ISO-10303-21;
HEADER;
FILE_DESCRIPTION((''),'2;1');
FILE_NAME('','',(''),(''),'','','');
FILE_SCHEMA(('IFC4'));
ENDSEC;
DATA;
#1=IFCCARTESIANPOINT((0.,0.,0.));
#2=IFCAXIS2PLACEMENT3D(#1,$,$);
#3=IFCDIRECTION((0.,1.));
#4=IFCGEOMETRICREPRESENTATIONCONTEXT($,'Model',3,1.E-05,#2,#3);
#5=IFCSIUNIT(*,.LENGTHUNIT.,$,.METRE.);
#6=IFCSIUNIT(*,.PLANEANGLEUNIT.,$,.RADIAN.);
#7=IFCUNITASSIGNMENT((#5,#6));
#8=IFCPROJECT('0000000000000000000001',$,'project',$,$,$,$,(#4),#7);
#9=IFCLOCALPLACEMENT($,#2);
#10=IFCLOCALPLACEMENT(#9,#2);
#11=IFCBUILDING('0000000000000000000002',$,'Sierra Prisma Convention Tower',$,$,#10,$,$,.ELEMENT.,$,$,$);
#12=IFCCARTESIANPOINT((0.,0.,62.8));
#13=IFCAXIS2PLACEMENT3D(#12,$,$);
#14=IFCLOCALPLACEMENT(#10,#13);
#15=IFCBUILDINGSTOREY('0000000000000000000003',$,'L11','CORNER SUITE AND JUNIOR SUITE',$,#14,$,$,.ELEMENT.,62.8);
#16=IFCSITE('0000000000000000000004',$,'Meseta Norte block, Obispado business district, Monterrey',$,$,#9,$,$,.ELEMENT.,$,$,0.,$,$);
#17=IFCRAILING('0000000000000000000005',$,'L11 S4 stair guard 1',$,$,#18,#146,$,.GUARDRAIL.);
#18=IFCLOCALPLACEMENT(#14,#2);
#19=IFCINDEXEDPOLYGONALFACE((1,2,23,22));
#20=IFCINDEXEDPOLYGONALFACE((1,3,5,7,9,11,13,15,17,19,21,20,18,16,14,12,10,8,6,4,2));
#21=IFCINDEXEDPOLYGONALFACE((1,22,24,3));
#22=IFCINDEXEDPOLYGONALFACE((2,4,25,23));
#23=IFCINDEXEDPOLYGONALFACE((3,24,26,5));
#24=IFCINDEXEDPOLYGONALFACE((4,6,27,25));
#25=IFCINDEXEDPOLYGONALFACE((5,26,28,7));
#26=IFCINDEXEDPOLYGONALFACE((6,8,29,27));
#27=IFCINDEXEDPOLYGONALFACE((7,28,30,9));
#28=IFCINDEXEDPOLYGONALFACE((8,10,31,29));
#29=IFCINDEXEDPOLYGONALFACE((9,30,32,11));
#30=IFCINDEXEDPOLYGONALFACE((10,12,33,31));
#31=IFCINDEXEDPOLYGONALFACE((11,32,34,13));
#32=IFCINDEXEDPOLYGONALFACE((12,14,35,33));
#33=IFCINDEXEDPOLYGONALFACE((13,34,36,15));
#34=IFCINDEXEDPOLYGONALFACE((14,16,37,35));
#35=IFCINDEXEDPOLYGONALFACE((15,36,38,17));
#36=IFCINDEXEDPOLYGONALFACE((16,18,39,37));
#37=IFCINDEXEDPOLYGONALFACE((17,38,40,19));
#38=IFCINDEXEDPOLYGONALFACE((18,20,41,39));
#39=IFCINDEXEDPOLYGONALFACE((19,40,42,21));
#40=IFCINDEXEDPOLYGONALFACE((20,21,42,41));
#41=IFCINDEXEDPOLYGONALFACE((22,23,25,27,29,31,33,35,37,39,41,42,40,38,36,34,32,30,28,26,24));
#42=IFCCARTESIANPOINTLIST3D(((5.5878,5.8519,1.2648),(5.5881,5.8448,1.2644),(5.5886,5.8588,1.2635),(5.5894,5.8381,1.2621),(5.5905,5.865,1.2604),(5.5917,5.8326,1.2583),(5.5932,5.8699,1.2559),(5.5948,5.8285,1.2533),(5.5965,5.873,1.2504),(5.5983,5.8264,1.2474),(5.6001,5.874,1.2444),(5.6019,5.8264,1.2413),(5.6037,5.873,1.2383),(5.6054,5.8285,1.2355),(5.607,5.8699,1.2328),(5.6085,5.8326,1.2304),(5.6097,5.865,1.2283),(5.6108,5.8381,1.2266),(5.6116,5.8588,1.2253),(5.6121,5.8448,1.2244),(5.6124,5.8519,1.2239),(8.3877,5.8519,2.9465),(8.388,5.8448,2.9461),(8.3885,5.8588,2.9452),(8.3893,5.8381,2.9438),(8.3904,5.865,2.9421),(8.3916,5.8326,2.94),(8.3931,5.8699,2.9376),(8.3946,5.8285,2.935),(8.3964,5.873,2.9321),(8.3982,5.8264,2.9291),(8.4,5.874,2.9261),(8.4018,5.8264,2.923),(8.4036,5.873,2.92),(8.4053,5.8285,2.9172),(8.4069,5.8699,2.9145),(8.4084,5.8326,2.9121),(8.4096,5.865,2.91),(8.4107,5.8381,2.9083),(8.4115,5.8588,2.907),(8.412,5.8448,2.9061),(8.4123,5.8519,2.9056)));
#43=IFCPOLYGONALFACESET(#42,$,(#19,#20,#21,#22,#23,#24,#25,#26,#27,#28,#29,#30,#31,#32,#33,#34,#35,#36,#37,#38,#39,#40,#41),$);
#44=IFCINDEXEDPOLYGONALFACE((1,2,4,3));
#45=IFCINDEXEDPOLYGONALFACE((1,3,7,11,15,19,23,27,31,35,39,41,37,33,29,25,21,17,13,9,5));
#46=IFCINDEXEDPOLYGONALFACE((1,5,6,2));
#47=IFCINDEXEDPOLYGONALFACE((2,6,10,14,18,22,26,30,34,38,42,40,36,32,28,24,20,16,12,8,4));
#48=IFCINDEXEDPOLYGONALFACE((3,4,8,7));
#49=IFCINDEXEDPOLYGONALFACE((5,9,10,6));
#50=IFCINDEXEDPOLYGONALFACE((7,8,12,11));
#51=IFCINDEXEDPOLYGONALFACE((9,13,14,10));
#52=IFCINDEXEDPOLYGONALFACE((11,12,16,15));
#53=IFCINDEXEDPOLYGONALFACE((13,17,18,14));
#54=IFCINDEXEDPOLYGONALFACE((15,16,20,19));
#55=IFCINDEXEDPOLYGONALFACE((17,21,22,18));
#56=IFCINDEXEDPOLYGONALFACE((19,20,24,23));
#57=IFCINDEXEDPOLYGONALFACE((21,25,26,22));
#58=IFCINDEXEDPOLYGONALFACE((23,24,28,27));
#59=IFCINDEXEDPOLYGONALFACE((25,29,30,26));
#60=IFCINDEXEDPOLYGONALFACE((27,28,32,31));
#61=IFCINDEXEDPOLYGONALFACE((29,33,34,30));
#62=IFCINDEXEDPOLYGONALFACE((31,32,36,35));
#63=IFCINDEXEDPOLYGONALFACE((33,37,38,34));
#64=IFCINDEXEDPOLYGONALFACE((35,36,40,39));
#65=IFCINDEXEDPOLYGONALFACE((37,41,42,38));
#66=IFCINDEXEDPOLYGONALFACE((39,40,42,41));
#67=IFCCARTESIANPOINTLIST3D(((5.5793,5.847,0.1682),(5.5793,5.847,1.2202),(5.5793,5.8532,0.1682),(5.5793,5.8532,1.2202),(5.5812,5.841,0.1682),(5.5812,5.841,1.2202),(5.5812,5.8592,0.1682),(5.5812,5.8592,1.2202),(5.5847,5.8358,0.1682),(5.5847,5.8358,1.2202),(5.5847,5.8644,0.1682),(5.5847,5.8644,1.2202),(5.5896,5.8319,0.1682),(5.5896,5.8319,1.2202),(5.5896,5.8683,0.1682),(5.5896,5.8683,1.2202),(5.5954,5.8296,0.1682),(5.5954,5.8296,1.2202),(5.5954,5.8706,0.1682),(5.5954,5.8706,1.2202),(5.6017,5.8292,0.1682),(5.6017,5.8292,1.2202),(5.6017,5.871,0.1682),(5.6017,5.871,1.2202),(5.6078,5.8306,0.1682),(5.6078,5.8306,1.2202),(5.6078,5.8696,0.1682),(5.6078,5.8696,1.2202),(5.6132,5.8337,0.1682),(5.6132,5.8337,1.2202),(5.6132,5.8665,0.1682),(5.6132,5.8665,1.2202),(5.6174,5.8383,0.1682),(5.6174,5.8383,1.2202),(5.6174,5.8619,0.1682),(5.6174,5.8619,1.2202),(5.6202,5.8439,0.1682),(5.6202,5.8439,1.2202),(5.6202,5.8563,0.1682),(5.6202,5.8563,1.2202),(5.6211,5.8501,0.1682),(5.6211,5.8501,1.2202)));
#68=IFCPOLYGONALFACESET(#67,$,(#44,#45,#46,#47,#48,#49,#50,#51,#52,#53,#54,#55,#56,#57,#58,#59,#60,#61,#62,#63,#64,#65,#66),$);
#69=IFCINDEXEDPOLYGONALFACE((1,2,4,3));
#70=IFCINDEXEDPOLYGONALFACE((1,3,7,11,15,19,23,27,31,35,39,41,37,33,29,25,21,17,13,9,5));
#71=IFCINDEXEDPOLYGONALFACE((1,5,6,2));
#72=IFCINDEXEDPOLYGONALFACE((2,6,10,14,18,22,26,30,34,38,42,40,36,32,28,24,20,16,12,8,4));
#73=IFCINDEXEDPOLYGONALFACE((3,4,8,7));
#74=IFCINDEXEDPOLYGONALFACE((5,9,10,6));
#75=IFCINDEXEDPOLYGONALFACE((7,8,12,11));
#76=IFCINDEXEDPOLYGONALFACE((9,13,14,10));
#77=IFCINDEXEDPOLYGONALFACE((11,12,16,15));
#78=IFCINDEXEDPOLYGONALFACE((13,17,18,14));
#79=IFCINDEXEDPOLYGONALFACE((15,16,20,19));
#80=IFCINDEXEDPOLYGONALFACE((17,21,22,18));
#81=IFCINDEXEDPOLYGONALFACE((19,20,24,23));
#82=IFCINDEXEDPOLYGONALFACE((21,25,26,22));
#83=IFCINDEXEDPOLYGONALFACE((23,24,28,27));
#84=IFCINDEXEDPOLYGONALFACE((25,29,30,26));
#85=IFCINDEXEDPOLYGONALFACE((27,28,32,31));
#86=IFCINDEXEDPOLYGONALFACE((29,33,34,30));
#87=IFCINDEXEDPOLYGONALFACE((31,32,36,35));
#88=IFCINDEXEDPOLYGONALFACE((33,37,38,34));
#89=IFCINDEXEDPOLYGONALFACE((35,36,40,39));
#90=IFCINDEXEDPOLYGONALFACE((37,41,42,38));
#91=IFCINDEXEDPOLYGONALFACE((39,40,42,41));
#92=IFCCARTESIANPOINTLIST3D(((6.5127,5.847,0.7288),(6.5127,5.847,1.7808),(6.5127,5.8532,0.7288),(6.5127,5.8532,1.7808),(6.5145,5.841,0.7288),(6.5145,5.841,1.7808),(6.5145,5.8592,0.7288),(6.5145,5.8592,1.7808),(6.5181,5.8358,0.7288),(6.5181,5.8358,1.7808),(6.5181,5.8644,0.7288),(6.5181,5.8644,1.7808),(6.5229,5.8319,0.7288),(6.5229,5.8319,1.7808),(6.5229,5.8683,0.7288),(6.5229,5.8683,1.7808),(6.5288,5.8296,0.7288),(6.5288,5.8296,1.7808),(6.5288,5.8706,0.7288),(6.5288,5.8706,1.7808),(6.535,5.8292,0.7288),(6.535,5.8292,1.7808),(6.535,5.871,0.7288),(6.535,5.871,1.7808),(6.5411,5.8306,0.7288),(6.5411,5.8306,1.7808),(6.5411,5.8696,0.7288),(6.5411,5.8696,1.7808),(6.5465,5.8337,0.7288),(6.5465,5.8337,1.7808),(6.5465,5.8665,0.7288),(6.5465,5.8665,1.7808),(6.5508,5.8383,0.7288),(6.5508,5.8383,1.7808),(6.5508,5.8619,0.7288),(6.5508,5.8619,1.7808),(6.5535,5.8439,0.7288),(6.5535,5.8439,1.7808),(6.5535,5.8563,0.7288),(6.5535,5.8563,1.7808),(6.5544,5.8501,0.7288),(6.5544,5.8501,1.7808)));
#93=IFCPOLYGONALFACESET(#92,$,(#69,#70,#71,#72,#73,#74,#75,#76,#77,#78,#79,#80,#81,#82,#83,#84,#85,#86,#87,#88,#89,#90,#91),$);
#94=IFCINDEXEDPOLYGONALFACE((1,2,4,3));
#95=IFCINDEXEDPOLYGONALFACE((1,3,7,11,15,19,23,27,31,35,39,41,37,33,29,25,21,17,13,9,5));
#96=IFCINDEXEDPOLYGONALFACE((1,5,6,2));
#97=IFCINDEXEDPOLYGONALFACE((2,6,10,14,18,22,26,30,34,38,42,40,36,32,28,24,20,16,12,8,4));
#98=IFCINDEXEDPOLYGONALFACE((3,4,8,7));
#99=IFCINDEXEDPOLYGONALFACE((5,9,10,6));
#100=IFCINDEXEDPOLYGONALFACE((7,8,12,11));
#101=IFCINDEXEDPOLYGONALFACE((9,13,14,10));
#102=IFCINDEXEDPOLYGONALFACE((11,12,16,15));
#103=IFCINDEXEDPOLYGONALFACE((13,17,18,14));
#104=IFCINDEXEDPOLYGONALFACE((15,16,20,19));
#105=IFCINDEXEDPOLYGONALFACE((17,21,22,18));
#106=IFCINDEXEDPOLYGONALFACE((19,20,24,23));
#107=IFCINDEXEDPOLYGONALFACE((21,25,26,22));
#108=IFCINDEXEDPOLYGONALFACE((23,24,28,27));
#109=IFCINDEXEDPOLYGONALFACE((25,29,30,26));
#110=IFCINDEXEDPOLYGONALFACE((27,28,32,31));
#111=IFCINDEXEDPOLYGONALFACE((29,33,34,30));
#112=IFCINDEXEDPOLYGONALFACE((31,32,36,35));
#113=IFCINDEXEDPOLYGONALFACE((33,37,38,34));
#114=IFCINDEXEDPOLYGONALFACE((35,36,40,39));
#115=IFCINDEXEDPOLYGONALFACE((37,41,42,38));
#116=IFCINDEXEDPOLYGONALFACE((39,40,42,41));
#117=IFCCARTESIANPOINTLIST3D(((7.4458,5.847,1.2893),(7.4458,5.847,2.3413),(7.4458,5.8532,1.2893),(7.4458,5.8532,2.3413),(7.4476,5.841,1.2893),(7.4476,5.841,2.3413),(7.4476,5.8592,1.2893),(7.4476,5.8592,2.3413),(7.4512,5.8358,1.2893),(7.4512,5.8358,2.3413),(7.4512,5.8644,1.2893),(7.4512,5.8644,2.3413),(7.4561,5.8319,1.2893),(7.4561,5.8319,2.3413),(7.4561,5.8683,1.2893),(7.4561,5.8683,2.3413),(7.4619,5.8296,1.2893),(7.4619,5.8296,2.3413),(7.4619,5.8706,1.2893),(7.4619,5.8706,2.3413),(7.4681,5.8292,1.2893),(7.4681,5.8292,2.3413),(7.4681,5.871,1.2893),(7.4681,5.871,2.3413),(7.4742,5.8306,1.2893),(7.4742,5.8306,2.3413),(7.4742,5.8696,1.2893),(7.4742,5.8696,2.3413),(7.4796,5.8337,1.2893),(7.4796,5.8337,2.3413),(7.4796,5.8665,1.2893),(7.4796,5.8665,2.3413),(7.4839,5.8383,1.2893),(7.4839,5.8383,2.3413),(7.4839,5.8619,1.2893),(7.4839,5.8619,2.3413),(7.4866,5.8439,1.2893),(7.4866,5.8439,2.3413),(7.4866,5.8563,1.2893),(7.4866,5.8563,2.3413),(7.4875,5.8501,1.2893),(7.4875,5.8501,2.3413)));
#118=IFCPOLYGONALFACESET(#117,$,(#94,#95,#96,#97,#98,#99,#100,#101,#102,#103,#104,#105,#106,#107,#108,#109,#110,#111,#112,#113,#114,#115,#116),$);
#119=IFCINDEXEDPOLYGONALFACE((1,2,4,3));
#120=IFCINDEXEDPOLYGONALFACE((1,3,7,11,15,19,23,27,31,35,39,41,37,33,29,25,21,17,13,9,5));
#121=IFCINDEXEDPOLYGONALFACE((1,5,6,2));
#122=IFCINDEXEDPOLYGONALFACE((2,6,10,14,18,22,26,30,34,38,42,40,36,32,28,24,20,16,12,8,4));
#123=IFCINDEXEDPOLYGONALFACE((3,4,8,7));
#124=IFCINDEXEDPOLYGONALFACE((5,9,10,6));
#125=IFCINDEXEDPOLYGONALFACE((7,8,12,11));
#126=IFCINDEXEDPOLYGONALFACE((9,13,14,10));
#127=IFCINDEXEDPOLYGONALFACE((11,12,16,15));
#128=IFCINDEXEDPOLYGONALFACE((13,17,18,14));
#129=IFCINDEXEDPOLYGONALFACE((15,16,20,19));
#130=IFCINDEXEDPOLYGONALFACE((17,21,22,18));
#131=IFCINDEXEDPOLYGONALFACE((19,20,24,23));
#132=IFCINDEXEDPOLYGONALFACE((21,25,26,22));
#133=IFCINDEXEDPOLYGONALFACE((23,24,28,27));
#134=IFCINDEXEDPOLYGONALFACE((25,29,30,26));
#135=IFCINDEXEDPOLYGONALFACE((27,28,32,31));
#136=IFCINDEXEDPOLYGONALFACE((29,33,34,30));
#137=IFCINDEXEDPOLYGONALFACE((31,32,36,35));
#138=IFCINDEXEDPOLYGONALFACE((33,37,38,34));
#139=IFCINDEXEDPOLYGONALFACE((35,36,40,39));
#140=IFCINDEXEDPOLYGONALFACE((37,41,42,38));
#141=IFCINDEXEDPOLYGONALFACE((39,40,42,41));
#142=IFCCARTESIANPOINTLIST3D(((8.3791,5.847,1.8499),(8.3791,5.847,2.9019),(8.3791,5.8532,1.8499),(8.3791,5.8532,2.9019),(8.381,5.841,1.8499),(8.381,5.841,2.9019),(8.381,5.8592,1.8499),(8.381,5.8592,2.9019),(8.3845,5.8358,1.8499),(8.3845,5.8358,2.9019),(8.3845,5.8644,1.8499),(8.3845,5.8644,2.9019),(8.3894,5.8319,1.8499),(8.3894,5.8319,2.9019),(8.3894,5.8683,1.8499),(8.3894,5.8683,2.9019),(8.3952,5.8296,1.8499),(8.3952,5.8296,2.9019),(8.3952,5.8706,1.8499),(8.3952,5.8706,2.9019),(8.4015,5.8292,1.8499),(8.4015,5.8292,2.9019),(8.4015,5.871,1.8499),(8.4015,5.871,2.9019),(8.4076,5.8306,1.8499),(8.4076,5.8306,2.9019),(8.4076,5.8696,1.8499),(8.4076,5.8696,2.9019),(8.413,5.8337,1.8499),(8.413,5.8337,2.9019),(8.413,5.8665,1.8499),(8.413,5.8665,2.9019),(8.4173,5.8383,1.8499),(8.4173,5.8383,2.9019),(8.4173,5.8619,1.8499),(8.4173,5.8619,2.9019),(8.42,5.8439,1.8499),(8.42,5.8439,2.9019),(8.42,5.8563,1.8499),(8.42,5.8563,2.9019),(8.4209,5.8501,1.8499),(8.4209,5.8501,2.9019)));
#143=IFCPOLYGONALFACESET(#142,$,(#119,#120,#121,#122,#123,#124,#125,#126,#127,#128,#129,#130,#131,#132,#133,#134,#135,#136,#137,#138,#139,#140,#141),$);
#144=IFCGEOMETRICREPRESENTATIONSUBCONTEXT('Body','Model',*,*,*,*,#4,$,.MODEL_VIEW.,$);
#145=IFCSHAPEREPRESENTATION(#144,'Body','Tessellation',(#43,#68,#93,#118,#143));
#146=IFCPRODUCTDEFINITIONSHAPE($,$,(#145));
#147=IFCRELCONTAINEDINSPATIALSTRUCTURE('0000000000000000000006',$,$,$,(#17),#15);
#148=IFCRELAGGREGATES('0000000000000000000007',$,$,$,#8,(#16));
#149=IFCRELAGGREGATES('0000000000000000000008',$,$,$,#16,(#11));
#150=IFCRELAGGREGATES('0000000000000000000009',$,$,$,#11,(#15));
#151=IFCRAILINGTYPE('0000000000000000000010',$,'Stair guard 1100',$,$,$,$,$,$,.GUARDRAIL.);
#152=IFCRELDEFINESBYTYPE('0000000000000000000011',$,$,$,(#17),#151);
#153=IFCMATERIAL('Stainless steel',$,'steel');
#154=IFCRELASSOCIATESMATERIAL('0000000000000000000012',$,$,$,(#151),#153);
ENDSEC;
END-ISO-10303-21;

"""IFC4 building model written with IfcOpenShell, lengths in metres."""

from ifc_helpers import new_model, si_unit, direction, frame, origin, origin_2d, place, context, subcontext, project, spatial, circle, extrude, material, type_object, element, save


model = new_model("IFC4")

# Units and contexts
model_context = context("Model", 3, precision=1e-05, world=origin(), true_north=direction((0.0, 1.0)))
body_context = subcontext(model_context, "Body", "Model", "MODEL_VIEW")
ifc_project = project(units=[si_unit("LENGTHUNIT", "METRE"), si_unit("PLANEANGLEUNIT", "RADIAN")], contexts=[model_context])

# Site, building, storey
site_placement = place(None, origin())
site = spatial("IfcSite", under=ifc_project, at=site_placement, Name="Meseta Norte block, Obispado business district, Monterrey", CompositionType="ELEMENT", RefElevation=0.0)
building_placement = place(site_placement, origin())
building = spatial("IfcBuilding", under=site, at=building_placement, Name="Sierra Prisma Convention Tower", CompositionType="ELEMENT")
storey_placement = place(building_placement, frame((0.0, 0.0, 62.8)))
storey = spatial("IfcBuildingStorey", under=building, at=storey_placement, Name="L11", Description="CORNER SUITE AND JUNIOR SUITE", CompositionType="ELEMENT", Elevation=62.8)

# Railing
ifc_material_1 = material(Name="Stainless steel", Category="steel")
railing_type_1 = type_object("IfcRailingType", Name="Stair guard 1100", PredefinedType="GUARDRAIL", material=ifc_material_1)
railing_1_placement = place(storey_placement, frame((5.6001, 5.8501, 0.1682)))
element("IfcRailing", 1, at=railing_1_placement, inside=storey, type_object=railing_type_1, Name="L11 S4 stair guard 1", PredefinedType="GUARDRAIL", context=body_context, shape_type="SweptSolid", body=[
    extrude(circle(Radius=0.0239, at=origin_2d()), frame((0.0, 0.0, 1.0762), z_axis=(0.857255, 0.0, 0.514891), x_axis=(0.0, 1.0, 0.0)), (0.0, 0.0, 1.0), 3.2661),
    extrude(circle(Radius=0.021, at=origin_2d()), origin(), (0.0, 0.0, 1.0), 1.052),
    extrude(circle(Radius=0.021, at=origin_2d()), frame((0.9333, 0.0, 0.5605)), (0.0, 0.0, 1.0), 1.052),
    extrude(circle(Radius=0.021, at=origin_2d()), frame((1.8665, 0.0, 1.1211)), (0.0, 0.0, 1.0), 1.052),
    extrude(circle(Radius=0.021, at=origin_2d()), frame((2.7998, 0.0, 1.6816)), (0.0, 0.0, 1.0), 1.052),
])

save(model, "model.ifc")
